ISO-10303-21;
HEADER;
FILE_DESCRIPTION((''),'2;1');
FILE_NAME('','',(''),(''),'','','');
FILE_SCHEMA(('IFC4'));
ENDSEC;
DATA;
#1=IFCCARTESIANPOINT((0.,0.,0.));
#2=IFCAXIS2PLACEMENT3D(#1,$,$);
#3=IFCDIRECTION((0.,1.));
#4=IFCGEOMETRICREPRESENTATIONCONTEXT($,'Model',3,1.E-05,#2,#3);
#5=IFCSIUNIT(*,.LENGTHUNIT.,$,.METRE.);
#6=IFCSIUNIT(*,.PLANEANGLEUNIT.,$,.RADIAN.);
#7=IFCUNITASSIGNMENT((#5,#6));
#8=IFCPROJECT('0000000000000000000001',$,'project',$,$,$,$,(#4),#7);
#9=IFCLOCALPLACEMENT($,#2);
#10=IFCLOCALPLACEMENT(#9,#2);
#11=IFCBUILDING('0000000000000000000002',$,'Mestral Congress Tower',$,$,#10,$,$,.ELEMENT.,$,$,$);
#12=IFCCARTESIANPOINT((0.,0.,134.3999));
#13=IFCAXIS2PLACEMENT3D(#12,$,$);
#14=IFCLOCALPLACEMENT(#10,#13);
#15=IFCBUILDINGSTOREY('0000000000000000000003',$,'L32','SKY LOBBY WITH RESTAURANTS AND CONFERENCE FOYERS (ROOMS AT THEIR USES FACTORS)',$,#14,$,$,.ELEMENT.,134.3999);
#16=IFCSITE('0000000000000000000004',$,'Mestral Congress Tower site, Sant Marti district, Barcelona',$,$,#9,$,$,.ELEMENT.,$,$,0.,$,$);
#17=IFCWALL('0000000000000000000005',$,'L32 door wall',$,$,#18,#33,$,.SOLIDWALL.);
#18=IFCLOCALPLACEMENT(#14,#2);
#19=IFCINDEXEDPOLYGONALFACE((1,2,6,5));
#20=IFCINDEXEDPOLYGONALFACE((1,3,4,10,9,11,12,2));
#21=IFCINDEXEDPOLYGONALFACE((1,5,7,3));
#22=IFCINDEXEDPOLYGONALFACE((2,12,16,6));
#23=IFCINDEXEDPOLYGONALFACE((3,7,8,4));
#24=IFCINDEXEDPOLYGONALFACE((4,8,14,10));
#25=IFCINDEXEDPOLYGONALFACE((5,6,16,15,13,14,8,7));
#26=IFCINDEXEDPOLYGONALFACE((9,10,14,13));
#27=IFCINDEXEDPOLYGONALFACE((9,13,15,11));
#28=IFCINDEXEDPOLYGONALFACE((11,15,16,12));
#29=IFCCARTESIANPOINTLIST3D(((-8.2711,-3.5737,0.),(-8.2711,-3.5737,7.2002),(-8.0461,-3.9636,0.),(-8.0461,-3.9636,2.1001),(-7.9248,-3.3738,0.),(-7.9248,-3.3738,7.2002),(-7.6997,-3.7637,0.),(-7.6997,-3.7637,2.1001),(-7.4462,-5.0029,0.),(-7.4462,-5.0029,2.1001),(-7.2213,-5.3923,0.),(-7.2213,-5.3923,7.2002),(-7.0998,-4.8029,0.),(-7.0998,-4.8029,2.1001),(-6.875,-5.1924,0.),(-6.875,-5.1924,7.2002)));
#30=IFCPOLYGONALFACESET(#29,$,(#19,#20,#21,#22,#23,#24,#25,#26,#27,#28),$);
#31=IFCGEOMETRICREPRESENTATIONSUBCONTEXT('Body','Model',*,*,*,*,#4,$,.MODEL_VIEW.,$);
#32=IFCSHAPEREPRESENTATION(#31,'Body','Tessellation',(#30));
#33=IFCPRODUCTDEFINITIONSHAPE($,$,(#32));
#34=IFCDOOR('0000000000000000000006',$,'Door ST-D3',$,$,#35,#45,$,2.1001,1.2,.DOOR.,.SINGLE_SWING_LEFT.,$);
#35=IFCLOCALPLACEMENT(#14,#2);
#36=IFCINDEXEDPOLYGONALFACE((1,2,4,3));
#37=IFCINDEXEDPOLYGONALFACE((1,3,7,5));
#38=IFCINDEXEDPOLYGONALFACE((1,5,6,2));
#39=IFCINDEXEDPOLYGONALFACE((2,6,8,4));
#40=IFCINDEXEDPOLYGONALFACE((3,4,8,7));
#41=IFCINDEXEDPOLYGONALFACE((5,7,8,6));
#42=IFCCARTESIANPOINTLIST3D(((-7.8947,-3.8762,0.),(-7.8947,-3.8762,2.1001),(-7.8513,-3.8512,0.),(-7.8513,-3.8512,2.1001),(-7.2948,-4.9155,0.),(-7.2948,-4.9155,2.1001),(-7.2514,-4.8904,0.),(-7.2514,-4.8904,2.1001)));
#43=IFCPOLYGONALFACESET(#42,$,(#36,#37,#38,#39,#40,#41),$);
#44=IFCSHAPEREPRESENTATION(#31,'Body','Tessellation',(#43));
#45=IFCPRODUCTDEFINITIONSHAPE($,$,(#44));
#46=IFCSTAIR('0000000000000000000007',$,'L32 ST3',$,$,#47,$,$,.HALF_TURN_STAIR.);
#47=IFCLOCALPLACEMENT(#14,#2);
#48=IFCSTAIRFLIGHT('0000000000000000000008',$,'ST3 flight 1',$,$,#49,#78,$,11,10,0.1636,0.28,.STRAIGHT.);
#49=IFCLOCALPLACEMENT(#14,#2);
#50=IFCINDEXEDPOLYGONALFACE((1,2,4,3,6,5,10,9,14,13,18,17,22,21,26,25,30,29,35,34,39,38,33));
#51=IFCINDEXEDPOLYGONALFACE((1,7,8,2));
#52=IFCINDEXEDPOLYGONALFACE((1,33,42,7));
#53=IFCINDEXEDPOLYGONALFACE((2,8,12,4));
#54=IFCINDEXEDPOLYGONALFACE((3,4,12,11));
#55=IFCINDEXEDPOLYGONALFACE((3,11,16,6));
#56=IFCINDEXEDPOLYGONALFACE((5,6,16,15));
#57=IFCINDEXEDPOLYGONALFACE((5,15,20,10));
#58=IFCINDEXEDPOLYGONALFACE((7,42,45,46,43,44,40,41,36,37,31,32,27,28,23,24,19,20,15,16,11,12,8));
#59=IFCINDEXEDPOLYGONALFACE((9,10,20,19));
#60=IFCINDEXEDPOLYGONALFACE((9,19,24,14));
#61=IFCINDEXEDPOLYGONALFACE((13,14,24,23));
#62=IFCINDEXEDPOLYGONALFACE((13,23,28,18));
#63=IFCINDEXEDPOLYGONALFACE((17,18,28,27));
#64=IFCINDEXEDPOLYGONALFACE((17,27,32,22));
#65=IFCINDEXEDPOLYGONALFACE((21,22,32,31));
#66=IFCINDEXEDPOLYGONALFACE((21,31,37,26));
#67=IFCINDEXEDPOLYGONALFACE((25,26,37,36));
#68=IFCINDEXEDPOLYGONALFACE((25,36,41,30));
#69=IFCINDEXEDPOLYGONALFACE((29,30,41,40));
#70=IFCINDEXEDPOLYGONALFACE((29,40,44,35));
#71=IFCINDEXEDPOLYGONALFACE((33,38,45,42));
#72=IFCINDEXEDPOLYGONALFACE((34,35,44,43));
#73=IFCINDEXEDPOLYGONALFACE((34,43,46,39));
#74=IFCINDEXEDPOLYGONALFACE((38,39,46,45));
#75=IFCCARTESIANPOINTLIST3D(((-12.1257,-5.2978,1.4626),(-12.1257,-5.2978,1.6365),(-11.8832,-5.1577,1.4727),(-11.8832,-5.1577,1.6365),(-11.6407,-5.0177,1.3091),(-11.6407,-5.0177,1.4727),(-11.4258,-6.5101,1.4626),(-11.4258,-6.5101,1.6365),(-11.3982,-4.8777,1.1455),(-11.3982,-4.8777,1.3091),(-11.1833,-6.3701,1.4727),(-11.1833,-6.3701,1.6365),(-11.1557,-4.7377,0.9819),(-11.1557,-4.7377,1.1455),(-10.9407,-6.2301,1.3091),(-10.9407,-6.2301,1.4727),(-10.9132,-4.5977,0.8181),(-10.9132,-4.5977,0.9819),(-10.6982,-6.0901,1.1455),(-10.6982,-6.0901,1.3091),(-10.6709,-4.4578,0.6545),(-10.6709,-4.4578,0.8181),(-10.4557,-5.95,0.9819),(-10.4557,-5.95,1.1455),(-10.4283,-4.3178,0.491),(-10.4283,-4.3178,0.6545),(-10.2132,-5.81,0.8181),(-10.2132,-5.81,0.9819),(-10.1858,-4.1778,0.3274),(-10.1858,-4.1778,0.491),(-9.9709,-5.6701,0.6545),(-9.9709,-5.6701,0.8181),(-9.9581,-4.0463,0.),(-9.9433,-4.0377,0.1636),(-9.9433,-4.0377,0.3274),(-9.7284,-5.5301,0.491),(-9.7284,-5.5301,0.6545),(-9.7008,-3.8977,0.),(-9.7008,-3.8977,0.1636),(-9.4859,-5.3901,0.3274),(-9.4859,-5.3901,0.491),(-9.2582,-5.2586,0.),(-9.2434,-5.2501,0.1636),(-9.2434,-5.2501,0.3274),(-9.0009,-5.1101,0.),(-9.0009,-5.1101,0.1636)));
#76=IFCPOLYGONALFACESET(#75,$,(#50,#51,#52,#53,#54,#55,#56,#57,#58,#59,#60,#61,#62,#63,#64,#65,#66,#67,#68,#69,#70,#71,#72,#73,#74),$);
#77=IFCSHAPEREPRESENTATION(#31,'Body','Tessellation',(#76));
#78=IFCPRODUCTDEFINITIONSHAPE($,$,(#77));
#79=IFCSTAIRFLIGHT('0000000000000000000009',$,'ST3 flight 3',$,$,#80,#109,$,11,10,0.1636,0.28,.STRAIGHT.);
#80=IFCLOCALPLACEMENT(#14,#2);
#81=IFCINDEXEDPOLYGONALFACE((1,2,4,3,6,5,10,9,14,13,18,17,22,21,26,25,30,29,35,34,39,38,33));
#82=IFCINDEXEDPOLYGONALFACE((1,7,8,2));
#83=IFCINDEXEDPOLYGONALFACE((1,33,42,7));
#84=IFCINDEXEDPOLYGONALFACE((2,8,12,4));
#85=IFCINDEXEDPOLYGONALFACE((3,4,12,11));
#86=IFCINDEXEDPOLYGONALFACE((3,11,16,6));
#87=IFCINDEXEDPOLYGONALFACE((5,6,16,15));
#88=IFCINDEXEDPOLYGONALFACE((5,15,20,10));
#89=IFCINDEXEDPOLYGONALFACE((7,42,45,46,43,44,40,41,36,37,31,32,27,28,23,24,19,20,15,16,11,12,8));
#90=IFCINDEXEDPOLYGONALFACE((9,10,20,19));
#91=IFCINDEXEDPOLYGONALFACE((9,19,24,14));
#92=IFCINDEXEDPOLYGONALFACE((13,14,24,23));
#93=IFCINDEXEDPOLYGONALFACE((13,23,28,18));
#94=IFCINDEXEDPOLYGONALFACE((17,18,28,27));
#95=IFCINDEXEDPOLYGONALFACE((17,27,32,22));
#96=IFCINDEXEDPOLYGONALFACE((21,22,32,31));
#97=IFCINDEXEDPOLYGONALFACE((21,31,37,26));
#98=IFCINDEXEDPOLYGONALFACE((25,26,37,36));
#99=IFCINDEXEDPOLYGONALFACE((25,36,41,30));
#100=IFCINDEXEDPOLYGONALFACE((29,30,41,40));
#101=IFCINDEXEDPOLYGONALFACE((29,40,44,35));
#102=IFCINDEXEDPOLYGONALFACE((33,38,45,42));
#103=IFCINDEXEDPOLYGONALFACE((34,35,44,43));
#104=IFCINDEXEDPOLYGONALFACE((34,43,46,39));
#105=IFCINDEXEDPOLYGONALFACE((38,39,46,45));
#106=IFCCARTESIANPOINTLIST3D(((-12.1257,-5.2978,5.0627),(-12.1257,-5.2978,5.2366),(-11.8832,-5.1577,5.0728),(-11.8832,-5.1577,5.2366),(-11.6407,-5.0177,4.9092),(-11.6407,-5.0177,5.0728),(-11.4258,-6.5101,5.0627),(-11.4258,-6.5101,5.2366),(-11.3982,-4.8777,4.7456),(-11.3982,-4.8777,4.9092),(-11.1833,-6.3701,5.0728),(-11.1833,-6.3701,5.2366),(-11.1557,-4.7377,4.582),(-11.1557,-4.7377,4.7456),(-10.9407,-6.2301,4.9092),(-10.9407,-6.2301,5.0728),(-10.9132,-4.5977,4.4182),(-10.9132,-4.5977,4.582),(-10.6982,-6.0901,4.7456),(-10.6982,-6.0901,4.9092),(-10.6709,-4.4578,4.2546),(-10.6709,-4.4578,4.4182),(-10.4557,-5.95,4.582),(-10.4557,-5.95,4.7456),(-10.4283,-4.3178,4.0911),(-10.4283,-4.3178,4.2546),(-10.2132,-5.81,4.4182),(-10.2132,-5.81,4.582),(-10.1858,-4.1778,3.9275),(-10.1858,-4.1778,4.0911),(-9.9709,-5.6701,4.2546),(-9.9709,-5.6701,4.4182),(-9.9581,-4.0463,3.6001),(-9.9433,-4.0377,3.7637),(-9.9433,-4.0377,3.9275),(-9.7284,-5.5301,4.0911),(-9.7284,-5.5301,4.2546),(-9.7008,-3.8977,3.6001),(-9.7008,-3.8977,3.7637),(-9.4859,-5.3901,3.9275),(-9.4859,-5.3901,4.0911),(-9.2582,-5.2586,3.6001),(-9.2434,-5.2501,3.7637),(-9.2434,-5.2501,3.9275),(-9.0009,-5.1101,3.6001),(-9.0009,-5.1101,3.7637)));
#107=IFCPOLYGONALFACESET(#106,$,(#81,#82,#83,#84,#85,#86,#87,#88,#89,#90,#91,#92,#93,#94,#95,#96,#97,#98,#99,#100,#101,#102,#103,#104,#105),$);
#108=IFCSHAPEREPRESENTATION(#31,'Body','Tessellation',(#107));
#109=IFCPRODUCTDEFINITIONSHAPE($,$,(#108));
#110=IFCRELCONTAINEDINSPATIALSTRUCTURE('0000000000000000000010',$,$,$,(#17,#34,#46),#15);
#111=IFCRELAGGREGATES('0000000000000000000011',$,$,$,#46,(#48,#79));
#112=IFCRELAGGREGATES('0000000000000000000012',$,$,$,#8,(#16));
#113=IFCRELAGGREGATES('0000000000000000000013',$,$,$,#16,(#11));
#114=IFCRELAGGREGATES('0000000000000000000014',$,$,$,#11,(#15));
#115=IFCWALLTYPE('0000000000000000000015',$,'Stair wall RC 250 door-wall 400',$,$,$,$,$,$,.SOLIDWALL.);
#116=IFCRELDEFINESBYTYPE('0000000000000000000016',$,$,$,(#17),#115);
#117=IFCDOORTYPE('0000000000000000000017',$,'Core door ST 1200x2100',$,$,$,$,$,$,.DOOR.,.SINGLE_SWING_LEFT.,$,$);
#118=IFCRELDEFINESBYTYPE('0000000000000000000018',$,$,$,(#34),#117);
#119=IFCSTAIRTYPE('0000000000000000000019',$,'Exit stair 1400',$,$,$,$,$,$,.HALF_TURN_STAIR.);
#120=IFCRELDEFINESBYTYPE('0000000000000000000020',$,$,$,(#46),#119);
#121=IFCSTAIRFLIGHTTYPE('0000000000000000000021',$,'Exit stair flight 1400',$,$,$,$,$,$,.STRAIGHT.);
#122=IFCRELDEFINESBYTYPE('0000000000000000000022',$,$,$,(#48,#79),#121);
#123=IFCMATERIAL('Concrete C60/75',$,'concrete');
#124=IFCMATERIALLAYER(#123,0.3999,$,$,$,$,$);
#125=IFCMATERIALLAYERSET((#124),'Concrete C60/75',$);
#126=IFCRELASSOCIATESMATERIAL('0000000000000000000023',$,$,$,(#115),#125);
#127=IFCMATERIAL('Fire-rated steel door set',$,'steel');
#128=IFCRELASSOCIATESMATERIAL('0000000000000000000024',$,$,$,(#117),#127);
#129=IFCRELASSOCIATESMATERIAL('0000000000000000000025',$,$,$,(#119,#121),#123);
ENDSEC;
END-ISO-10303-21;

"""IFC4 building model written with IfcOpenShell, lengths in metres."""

from ifc_helpers import new_model, si_unit, direction, frame, frame_2d, origin, place, context, subcontext, project, spatial, polyline, rectangle, outline, extrude, material, layer, layer_set, type_object, element, fill, aggregate, save


model = new_model("IFC4")

# Units and contexts
model_context = context("Model", 3, precision=1e-05, world=origin(), true_north=direction((0.0, 1.0)))
body_context = subcontext(model_context, "Body", "Model", "MODEL_VIEW")
ifc_project = project(units=[si_unit("LENGTHUNIT", "METRE"), si_unit("PLANEANGLEUNIT", "RADIAN")], contexts=[model_context])

# Site, building, storey
site_placement = place(None, origin())
site = spatial("IfcSite", under=ifc_project, at=site_placement, Name="Mestral Congress Tower site, Sant Marti district, Barcelona", CompositionType="ELEMENT", RefElevation=0.0)
building_placement = place(site_placement, origin())
building = spatial("IfcBuilding", under=site, at=building_placement, Name="Mestral Congress Tower", CompositionType="ELEMENT")
storey_placement = place(building_placement, frame((0.0, 0.0, 134.3999)))
storey = spatial("IfcBuildingStorey", under=building, at=storey_placement, Name="L32", Description="SKY LOBBY WITH RESTAURANTS AND CONFERENCE FOYERS (ROOMS AT THEIR USES FACTORS)", CompositionType="ELEMENT", Elevation=134.3999)

# Shared definitions
ifc_material_1 = material(Name="Fire-rated steel door set", Category="steel")

# Shared definitions
ifc_material_2 = material(Name="Concrete C60/75", Category="concrete")

# Wall, opening, door
ifc_layer_1 = layer(ifc_material_2, 0.3999)
ifc_layer_set_1 = layer_set([ifc_layer_1], Name="Concrete C60/75")
wall_type_1 = type_object("IfcWallType", Name="Stair wall RC 250 door-wall 400", PredefinedType="SOLIDWALL", material=ifc_layer_set_1)
wall_1_placement = place(storey_placement, frame((-8.0979, -3.4739, 0.0), z_axis=(0.0, 0.0, 1.0), x_axis=(0.499941, -0.86606, 0.0)))
wall_1 = element("IfcWall", 1, at=wall_1_placement, inside=storey, type_object=wall_type_1, Name="L32 door wall", PredefinedType="SOLIDWALL", context=body_context, shape_type="SweptSolid", body=[
    extrude(rectangle(XDim=2.0999, YDim=0.3999, at=frame_2d((1.0498, 0.0))), origin(), (0.0, 0.0, 1.0), 7.2002),
])
opening_1_placement = place(wall_1_placement, frame((0.45, 0.0, 0.0)))
opening_1 = element("IfcOpeningElement", 2, at=opening_1_placement, cuts=wall_1, PredefinedType="OPENING", context=body_context, shape_type="SweptSolid", body=[
    extrude(rectangle(XDim=1.2, YDim=2.1001, at=frame_2d((0.6001, 1.05))), frame((0.0, 0.21, 0.0), z_axis=(0.0, -1.0, 0.0), x_axis=(1.0, 0.0, 0.0)), (0.0, 0.0, 1.0), 0.4199),
])
door_type_1 = type_object("IfcDoorType", Name="Core door ST 1200x2100", OperationType="SINGLE_SWING_LEFT", PredefinedType="DOOR", material=ifc_material_1)
door_1_placement = place(opening_1_placement, origin())
door_1 = element("IfcDoor", 3, at=door_1_placement, inside=storey, type_object=door_type_1, Name="Door ST-D3", OperationType="SINGLE_SWING_LEFT", OverallHeight=2.1001, OverallWidth=1.2, PredefinedType="DOOR", context=body_context, shape_type="SweptSolid", body=[
    extrude(rectangle(XDim=1.2, YDim=2.1001, at=frame_2d((0.6001, 1.05))), frame((0.0, 0.0249, 0.0), z_axis=(0.0, -1.0, 0.0), x_axis=(1.0, 0.0, 0.0)), (0.0, 0.0, 1.0), 0.05),
])
fill(opening_1, door_1)

# Stair, stair flights
stair_type = type_object("IfcStairType", Name="Exit stair 1400", PredefinedType="HALF_TURN_STAIR", material=ifc_material_2)
stair_placement = place(storey_placement, origin())
stair = element("IfcStair", 4, at=stair_placement, inside=storey, type_object=stair_type, Name="L32 ST3", PredefinedType="HALF_TURN_STAIR")
stair_flight_type = type_object("IfcStairFlightType", Name="Exit stair flight 1400", PredefinedType="STRAIGHT", material=ifc_material_2)
stair_flight_1_placement = place(storey_placement, frame((-9.3508, -4.5039, 0.0), z_axis=(0.0, 0.0, 1.0), x_axis=(-0.866025, -0.5, 0.0)))
stair_flight_1 = element("IfcStairFlight", 5, at=stair_flight_1_placement, type_object=stair_flight_type, Name="ST3 flight 1", NumberOfRisers=11, NumberOfTreads=10, PredefinedType="STRAIGHT", RiserHeight=0.1636, TreadLength=0.28, context=body_context, shape_type="SweptSolid", body=[
    extrude(outline(polyline([(0.0, 0.0), (0.0, 0.1636), (0.28, 0.1636), (0.28, 0.3274), (0.5601, 0.3274), (0.5601, 0.491), (0.8401, 0.491), (0.8401, 0.6545), (1.1201, 0.6545), (1.1201, 0.8181), (1.3999, 0.8181), (1.3999, 0.9819), (1.6799, 0.9819), (1.6799, 1.1455), (1.96, 1.1455), (1.96, 1.3091), (2.24, 1.3091), (2.24, 1.4727), (2.52, 1.4727), (2.52, 1.6365), (2.8, 1.6365), (2.8, 1.8), (2.8, 1.4626), (0.2971, 0.0), (0.0, 0.0)])), frame((0.0, 0.7, 0.0), z_axis=(0.0, -1.0, 0.0), x_axis=(1.0, 0.0, 0.0)), (0.0, 0.0, 1.0), 1.3999),
])
stair_flight_2_placement = place(storey_placement, frame((-9.3508, -4.5039, 3.6001), z_axis=(0.0, 0.0, 1.0), x_axis=(-0.866025, -0.5, 0.0)))
stair_flight_2 = element("IfcStairFlight", 6, at=stair_flight_2_placement, type_object=stair_flight_type, Name="ST3 flight 3", NumberOfRisers=11, NumberOfTreads=10, PredefinedType="STRAIGHT", RiserHeight=0.1636, TreadLength=0.28, context=body_context, shape_type="SweptSolid", body=[
    extrude(outline(polyline([(0.0, 0.0), (0.0, 0.1636), (0.28, 0.1636), (0.28, 0.3274), (0.5601, 0.3274), (0.5601, 0.491), (0.8401, 0.491), (0.8401, 0.6545), (1.1201, 0.6545), (1.1201, 0.8181), (1.3999, 0.8181), (1.3999, 0.9819), (1.6799, 0.9819), (1.6799, 1.1455), (1.96, 1.1455), (1.96, 1.3091), (2.24, 1.3091), (2.24, 1.4727), (2.52, 1.4727), (2.52, 1.6365), (2.8, 1.6365), (2.8, 1.8), (2.8, 1.4626), (0.2971, 0.0), (0.0, 0.0)])), frame((0.0, 0.7, 0.0), z_axis=(0.0, -1.0, 0.0), x_axis=(1.0, 0.0, 0.0)), (0.0, 0.0, 1.0), 1.3999),
])
aggregate(stair, [stair_flight_1, stair_flight_2])

save(model, "model.ifc")
